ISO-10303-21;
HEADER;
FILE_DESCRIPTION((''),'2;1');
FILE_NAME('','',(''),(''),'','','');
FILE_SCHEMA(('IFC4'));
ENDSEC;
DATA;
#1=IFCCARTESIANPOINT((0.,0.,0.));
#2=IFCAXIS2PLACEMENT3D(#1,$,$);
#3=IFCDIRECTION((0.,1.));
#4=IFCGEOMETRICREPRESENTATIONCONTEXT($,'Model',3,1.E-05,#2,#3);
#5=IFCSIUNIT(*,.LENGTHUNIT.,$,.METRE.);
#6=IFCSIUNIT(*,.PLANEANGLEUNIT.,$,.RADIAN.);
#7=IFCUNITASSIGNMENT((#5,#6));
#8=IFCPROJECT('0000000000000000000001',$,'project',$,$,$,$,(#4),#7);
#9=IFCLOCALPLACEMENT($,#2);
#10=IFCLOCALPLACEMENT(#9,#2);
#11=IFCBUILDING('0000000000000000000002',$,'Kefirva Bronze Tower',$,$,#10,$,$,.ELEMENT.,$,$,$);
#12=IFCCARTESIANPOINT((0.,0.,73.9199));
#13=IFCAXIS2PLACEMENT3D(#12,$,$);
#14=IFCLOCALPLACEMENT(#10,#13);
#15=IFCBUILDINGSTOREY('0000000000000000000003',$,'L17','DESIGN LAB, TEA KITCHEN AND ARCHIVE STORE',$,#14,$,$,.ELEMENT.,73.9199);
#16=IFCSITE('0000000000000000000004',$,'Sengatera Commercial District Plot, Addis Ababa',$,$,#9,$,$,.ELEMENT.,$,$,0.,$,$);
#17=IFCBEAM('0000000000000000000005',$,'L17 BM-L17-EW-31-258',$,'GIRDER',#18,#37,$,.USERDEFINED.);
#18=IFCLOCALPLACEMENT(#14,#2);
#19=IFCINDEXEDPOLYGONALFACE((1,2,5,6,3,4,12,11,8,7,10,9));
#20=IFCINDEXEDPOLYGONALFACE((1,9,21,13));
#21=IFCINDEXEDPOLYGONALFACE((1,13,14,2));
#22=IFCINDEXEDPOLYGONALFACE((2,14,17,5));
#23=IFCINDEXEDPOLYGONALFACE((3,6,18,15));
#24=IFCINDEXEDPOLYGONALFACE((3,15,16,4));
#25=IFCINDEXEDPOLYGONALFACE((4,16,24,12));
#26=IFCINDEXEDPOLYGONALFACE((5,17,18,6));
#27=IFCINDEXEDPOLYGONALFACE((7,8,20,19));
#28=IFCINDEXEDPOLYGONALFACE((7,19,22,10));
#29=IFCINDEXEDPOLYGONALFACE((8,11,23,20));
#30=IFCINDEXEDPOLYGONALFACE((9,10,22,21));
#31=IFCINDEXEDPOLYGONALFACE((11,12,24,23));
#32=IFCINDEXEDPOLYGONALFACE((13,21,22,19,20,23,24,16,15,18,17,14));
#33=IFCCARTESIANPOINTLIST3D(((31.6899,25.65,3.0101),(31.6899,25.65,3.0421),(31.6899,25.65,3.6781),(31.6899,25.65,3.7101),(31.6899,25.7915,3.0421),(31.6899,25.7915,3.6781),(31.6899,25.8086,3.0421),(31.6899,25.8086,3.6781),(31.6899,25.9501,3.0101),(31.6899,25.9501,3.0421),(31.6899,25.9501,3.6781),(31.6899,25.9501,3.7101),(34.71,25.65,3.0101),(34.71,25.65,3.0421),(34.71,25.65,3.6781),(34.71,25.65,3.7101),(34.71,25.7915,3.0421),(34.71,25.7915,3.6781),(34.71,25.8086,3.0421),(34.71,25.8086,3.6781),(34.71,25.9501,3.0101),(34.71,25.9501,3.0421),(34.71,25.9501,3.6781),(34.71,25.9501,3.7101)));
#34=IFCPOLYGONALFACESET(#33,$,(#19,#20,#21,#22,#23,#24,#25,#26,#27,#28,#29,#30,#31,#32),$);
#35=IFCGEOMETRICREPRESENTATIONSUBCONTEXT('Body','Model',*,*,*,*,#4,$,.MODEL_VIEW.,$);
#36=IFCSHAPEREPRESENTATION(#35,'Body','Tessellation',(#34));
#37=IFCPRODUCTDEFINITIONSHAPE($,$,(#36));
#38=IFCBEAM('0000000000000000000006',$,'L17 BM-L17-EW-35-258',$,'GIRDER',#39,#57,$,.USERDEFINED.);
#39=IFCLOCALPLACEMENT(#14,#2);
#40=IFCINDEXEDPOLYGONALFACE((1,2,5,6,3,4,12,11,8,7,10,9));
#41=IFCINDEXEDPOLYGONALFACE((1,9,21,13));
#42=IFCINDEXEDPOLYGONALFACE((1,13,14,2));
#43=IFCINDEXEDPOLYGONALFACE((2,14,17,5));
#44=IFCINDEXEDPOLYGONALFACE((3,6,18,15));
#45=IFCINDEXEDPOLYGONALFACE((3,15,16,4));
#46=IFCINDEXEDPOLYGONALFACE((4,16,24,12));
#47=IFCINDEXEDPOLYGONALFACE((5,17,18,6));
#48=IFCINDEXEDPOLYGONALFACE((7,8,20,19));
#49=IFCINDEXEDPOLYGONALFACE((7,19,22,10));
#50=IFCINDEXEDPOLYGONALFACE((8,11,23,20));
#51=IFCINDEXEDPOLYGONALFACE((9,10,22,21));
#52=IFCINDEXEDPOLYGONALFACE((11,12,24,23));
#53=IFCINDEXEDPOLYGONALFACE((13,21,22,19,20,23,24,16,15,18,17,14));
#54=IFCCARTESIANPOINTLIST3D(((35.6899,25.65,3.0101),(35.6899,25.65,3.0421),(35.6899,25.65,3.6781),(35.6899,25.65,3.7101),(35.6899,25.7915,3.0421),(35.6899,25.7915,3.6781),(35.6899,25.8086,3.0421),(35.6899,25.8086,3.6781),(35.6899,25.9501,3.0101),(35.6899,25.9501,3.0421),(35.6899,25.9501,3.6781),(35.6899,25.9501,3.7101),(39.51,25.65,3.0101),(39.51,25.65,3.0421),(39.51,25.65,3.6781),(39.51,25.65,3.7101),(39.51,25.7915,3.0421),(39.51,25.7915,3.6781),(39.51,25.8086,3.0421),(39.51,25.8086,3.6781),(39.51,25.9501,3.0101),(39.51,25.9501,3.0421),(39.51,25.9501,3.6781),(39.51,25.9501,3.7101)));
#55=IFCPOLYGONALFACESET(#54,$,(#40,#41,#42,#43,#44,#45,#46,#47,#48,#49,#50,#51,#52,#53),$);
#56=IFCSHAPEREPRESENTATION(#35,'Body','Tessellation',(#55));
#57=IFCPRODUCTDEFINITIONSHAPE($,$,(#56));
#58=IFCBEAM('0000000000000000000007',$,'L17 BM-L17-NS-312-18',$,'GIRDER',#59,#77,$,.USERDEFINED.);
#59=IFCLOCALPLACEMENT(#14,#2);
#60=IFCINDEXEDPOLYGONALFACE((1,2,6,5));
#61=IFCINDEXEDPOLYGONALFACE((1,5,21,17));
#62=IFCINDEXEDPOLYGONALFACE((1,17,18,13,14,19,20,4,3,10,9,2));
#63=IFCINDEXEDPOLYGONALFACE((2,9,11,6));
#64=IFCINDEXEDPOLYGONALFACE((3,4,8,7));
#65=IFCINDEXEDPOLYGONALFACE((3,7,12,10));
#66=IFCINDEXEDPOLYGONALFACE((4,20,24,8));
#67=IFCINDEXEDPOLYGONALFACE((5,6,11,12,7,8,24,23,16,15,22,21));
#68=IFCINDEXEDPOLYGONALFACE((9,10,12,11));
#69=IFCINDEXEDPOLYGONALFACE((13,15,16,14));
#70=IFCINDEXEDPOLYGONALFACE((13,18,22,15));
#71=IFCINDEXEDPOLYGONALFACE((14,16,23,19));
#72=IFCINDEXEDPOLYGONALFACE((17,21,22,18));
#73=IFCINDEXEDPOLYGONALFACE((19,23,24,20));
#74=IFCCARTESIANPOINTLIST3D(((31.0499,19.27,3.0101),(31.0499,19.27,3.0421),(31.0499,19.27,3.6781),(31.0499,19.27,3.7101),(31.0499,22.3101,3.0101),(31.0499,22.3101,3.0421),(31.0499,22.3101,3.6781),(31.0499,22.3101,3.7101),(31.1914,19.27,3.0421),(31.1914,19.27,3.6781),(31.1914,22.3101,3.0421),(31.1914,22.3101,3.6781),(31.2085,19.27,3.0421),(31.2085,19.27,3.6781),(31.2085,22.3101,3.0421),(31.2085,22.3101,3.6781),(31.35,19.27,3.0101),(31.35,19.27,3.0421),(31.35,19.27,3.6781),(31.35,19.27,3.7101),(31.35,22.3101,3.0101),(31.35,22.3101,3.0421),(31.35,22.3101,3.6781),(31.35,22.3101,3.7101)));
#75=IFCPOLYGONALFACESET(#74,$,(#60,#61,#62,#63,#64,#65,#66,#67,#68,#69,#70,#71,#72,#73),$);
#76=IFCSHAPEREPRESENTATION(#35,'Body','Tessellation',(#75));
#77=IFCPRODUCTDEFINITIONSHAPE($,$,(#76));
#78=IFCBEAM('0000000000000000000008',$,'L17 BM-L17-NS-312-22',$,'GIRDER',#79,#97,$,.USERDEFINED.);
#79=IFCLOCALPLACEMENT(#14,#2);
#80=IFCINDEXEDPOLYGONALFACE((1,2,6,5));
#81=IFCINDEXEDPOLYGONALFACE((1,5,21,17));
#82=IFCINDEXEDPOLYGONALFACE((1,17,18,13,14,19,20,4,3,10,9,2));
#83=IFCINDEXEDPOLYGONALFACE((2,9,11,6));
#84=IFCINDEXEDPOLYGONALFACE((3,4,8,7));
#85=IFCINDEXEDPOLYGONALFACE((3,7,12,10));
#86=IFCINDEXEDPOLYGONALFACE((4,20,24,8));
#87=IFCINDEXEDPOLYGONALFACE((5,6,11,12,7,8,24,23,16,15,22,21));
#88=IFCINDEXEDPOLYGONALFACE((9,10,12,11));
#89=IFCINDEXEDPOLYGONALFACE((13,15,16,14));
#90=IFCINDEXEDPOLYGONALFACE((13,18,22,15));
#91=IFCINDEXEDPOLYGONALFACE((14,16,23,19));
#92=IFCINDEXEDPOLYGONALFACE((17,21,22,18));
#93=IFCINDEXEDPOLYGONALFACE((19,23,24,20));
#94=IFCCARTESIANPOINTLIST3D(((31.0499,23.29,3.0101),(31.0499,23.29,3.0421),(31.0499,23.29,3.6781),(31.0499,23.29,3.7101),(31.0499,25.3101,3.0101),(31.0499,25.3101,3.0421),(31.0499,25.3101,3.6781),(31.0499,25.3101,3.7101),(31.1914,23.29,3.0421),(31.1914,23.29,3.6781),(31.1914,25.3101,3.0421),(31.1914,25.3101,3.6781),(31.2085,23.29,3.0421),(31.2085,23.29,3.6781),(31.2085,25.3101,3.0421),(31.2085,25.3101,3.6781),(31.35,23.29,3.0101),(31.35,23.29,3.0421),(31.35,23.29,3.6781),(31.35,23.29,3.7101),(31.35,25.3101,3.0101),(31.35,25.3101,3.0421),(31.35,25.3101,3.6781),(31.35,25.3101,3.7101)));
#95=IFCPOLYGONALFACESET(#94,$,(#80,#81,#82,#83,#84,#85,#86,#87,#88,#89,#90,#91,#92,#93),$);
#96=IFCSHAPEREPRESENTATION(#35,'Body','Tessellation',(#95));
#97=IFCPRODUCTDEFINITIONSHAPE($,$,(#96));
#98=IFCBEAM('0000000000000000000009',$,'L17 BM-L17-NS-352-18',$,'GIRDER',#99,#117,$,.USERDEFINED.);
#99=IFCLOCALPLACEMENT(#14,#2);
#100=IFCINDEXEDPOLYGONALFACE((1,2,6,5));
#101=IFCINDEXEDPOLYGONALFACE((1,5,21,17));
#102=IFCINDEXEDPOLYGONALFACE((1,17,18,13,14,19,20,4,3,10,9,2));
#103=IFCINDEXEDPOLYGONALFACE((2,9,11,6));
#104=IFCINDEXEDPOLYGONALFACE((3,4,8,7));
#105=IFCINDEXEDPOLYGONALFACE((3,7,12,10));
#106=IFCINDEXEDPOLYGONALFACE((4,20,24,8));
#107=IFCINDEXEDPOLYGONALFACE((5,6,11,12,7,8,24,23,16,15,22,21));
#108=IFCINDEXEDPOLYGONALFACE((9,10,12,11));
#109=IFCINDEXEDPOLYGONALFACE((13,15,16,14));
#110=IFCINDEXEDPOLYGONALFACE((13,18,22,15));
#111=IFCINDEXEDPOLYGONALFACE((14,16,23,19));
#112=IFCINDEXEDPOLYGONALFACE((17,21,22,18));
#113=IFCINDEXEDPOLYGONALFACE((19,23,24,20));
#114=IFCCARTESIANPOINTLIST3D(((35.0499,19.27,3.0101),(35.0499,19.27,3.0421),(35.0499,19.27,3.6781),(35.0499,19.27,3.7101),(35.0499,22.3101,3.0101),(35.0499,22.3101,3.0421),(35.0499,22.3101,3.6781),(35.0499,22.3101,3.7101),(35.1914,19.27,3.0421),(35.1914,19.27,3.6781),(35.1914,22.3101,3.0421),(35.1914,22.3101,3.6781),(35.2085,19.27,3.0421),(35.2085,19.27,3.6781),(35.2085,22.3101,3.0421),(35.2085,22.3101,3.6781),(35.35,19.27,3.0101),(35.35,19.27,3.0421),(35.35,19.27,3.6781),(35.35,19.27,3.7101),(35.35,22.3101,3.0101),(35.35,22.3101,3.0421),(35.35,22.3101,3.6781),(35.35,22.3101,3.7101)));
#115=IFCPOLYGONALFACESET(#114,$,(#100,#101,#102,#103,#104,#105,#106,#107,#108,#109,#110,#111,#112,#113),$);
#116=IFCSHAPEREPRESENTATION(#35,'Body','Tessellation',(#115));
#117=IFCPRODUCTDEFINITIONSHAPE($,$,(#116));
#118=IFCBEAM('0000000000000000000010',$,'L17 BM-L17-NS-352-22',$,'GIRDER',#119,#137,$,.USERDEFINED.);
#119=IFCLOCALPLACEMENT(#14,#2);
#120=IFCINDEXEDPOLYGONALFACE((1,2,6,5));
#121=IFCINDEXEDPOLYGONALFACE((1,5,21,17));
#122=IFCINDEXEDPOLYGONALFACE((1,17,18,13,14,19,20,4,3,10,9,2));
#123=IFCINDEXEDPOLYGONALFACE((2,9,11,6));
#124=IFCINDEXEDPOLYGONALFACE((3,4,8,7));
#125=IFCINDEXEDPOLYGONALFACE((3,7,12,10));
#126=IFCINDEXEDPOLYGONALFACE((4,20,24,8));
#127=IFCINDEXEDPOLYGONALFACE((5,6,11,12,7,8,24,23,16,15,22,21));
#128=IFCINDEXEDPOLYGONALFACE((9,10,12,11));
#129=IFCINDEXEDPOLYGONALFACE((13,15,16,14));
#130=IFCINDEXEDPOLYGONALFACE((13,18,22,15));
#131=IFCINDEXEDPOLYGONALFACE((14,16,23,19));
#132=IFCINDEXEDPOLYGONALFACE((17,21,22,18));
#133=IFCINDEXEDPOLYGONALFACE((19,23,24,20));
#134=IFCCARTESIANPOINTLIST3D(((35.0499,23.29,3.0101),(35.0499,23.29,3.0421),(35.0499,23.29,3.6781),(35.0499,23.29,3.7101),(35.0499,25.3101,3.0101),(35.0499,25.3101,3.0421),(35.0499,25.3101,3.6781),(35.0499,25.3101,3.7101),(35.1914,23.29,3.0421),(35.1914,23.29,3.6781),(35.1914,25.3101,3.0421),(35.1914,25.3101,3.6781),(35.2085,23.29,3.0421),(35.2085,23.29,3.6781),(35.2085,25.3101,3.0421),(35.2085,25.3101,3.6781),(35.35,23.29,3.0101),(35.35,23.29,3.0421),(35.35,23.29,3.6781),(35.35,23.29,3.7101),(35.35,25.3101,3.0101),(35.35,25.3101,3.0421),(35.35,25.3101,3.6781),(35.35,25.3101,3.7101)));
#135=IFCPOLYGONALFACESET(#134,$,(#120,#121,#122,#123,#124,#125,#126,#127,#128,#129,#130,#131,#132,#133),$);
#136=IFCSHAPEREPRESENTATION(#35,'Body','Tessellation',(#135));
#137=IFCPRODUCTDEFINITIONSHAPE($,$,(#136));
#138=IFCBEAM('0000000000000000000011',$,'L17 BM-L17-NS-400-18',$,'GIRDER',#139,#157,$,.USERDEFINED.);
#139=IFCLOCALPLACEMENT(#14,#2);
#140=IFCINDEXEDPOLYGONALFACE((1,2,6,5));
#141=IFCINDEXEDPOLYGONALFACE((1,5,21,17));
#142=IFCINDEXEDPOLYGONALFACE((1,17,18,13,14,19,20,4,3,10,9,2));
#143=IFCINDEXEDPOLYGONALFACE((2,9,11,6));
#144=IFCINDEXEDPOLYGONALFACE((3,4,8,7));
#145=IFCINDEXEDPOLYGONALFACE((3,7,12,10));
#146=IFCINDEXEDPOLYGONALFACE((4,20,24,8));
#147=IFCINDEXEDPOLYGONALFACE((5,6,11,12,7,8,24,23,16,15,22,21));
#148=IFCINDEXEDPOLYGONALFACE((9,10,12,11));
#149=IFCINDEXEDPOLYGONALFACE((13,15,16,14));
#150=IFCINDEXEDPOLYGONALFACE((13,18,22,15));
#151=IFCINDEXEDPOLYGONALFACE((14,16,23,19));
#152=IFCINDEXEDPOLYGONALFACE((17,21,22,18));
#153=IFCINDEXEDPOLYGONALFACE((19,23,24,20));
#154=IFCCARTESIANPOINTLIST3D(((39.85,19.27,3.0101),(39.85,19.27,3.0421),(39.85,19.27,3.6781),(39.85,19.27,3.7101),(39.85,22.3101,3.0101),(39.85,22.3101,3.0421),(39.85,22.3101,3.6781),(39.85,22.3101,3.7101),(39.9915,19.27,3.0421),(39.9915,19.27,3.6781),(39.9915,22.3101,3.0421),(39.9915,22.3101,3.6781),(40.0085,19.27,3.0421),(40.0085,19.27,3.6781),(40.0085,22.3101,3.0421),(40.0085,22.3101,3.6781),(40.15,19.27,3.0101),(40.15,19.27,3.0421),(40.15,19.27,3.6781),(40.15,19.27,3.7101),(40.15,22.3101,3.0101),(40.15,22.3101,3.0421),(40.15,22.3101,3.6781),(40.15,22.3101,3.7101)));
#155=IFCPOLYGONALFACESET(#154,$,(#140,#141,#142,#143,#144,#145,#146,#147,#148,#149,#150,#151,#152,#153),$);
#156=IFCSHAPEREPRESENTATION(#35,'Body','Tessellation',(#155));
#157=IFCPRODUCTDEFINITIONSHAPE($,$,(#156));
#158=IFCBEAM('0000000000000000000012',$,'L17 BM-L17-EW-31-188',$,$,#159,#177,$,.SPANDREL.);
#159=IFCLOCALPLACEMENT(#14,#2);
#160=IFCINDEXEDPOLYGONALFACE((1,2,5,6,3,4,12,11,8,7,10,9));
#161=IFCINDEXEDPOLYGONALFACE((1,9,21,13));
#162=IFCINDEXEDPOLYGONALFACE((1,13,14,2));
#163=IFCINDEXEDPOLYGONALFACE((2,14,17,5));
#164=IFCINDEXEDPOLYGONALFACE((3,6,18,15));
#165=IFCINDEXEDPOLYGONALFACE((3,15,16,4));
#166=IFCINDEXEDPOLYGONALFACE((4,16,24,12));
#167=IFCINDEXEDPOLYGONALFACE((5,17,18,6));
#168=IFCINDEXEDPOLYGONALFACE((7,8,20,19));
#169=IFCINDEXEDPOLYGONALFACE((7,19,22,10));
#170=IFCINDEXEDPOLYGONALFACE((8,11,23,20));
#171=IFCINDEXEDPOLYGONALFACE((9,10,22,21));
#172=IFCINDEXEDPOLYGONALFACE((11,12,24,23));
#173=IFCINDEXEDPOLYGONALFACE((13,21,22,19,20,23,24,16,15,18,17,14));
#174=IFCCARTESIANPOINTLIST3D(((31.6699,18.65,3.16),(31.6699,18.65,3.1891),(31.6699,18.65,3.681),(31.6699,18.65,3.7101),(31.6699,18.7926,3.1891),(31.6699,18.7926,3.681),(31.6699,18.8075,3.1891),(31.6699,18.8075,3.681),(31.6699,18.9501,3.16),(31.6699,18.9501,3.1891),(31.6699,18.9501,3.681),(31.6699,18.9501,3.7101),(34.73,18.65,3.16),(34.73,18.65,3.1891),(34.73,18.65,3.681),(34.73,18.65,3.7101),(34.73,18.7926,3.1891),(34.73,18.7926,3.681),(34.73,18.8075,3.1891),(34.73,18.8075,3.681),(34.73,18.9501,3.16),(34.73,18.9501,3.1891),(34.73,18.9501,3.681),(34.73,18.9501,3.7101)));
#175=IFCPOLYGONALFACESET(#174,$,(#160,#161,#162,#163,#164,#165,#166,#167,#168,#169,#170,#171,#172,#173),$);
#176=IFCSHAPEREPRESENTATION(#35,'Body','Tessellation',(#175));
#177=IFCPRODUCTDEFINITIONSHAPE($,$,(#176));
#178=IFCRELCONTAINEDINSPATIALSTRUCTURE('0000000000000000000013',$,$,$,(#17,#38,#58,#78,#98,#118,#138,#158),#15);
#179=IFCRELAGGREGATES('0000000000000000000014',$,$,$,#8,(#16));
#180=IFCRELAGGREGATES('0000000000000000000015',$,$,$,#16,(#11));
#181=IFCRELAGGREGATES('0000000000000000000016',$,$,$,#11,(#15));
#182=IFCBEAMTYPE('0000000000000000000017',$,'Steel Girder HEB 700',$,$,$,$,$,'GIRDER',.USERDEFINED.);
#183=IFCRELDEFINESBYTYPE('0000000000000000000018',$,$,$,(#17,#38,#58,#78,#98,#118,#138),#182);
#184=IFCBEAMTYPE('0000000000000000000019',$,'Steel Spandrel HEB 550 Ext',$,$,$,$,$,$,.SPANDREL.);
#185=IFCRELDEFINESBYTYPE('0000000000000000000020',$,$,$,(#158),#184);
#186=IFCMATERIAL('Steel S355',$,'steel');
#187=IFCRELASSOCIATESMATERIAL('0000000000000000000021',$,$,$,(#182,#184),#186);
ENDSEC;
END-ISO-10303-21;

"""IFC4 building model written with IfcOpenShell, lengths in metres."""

from ifc_helpers import new_model, si_unit, direction, frame, origin, origin_2d, place, context, subcontext, project, spatial, i_section, extrude, material, material_profile, profile_set, type_object, element, save


model = new_model("IFC4")

# Units and contexts
model_context = context("Model", 3, precision=1e-05, world=origin(), true_north=direction((0.0, 1.0)))
body_context = subcontext(model_context, "Body", "Model", "MODEL_VIEW")
ifc_project = project(units=[si_unit("LENGTHUNIT", "METRE"), si_unit("PLANEANGLEUNIT", "RADIAN")], contexts=[model_context])

# Site, building, storey
site_placement = place(None, origin())
site = spatial("IfcSite", under=ifc_project, at=site_placement, Name="Sengatera Commercial District Plot, Addis Ababa", CompositionType="ELEMENT", RefElevation=0.0)
building_placement = place(site_placement, origin())
building = spatial("IfcBuilding", under=site, at=building_placement, Name="Kefirva Bronze Tower", CompositionType="ELEMENT")
storey_placement = place(building_placement, frame((0.0, 0.0, 73.9199)))
storey = spatial("IfcBuildingStorey", under=building, at=storey_placement, Name="L17", Description="DESIGN LAB, TEA KITCHEN AND ARCHIVE STORE", CompositionType="ELEMENT", Elevation=73.9199)

# Beams
ifc_material_1 = material(Name="Steel S355", Category="steel")
ifc_material_profile_1 = material_profile(ifc_material_1, i_section(OverallWidth=0.3, OverallDepth=0.7, WebThickness=0.0171, FlangeThickness=0.032, at=origin_2d()), Name="HEB 700")
ifc_profile_set_1 = profile_set([ifc_material_profile_1], Name="Steel S355")
beam_type_1 = type_object("IfcBeamType", Name="Steel Girder HEB 700", ElementType="GIRDER", PredefinedType="USERDEFINED", material=ifc_profile_set_1)
beam_1_placement = place(storey_placement, frame((31.6899, 25.8, 3.3601), z_axis=(1.0, 0.0, 0.0), x_axis=(0.0, 1.0, 0.0)))
element("IfcBeam", 1, at=beam_1_placement, inside=storey, type_object=beam_type_1, Name="L17 BM-L17-EW-31-258", ObjectType="GIRDER", PredefinedType="USERDEFINED", context=body_context, shape_type="SweptSolid", body=[
    extrude(i_section(OverallWidth=0.3, OverallDepth=0.7, WebThickness=0.0171, FlangeThickness=0.032, at=origin_2d()), origin(), (0.0, 0.0, 1.0), 3.02),
])
beam_2_placement = place(storey_placement, frame((35.6899, 25.8, 3.3601), z_axis=(1.0, 0.0, 0.0), x_axis=(0.0, 1.0, 0.0)))
element("IfcBeam", 2, at=beam_2_placement, inside=storey, type_object=beam_type_1, Name="L17 BM-L17-EW-35-258", ObjectType="GIRDER", PredefinedType="USERDEFINED", context=body_context, shape_type="SweptSolid", body=[
    extrude(i_section(OverallWidth=0.3, OverallDepth=0.7, WebThickness=0.0171, FlangeThickness=0.032, at=origin_2d()), origin(), (0.0, 0.0, 1.0), 3.8201),
])
beam_3_placement = place(storey_placement, frame((31.2, 19.27, 3.3601), z_axis=(0.0, 1.0, 0.0), x_axis=(-1.0, 0.0, 0.0)))
element("IfcBeam", 3, at=beam_3_placement, inside=storey, type_object=beam_type_1, Name="L17 BM-L17-NS-312-18", ObjectType="GIRDER", PredefinedType="USERDEFINED", context=body_context, shape_type="SweptSolid", body=[
    extrude(i_section(OverallWidth=0.3, OverallDepth=0.7, WebThickness=0.0171, FlangeThickness=0.032, at=origin_2d()), origin(), (0.0, 0.0, 1.0), 3.04),
])
beam_4_placement = place(storey_placement, frame((31.2, 23.29, 3.3601), z_axis=(0.0, 1.0, 0.0), x_axis=(-1.0, 0.0, 0.0)))
element("IfcBeam", 4, at=beam_4_placement, inside=storey, type_object=beam_type_1, Name="L17 BM-L17-NS-312-22", ObjectType="GIRDER", PredefinedType="USERDEFINED", context=body_context, shape_type="SweptSolid", body=[
    extrude(i_section(OverallWidth=0.3, OverallDepth=0.7, WebThickness=0.0171, FlangeThickness=0.032, at=origin_2d()), origin(), (0.0, 0.0, 1.0), 2.02),
])
beam_5_placement = place(storey_placement, frame((35.2, 19.27, 3.3601), z_axis=(0.0, 1.0, 0.0), x_axis=(-1.0, 0.0, 0.0)))
element("IfcBeam", 5, at=beam_5_placement, inside=storey, type_object=beam_type_1, Name="L17 BM-L17-NS-352-18", ObjectType="GIRDER", PredefinedType="USERDEFINED", context=body_context, shape_type="SweptSolid", body=[
    extrude(i_section(OverallWidth=0.3, OverallDepth=0.7, WebThickness=0.0171, FlangeThickness=0.032, at=origin_2d()), origin(), (0.0, 0.0, 1.0), 3.04),
])
beam_6_placement = place(storey_placement, frame((35.2, 23.29, 3.3601), z_axis=(0.0, 1.0, 0.0), x_axis=(-1.0, 0.0, 0.0)))
element("IfcBeam", 6, at=beam_6_placement, inside=storey, type_object=beam_type_1, Name="L17 BM-L17-NS-352-22", ObjectType="GIRDER", PredefinedType="USERDEFINED", context=body_context, shape_type="SweptSolid", body=[
    extrude(i_section(OverallWidth=0.3, OverallDepth=0.7, WebThickness=0.0171, FlangeThickness=0.032, at=origin_2d()), origin(), (0.0, 0.0, 1.0), 2.02),
])
beam_7_placement = place(storey_placement, frame((40.0, 19.27, 3.3601), z_axis=(0.0, 1.0, 0.0), x_axis=(-1.0, 0.0, 0.0)))
element("IfcBeam", 7, at=beam_7_placement, inside=storey, type_object=beam_type_1, Name="L17 BM-L17-NS-400-18", ObjectType="GIRDER", PredefinedType="USERDEFINED", context=body_context, shape_type="SweptSolid", body=[
    extrude(i_section(OverallWidth=0.3, OverallDepth=0.7, WebThickness=0.0171, FlangeThickness=0.032, at=origin_2d()), origin(), (0.0, 0.0, 1.0), 3.04),
])
ifc_material_profile_2 = material_profile(ifc_material_1, i_section(OverallWidth=0.3, OverallDepth=0.55, WebThickness=0.0149, FlangeThickness=0.0291, at=origin_2d()), Name="HEB 550")
ifc_profile_set_2 = profile_set([ifc_material_profile_2], Name="Steel S355")
beam_type_2 = type_object("IfcBeamType", Name="Steel Spandrel HEB 550 Ext", PredefinedType="SPANDREL", material=ifc_profile_set_2)
beam_8_placement = place(storey_placement, frame((31.6699, 18.8, 3.4351), z_axis=(1.0, 0.0, 0.0), x_axis=(0.0, 1.0, 0.0)))
element("IfcBeam", 8, at=beam_8_placement, inside=storey, type_object=beam_type_2, Name="L17 BM-L17-EW-31-188", PredefinedType="SPANDREL", context=body_context, shape_type="SweptSolid", body=[
    extrude(i_section(OverallWidth=0.3, OverallDepth=0.55, WebThickness=0.0149, FlangeThickness=0.0291, at=origin_2d()), origin(), (0.0, 0.0, 1.0), 3.0601),
])

save(model, "model.ifc")
